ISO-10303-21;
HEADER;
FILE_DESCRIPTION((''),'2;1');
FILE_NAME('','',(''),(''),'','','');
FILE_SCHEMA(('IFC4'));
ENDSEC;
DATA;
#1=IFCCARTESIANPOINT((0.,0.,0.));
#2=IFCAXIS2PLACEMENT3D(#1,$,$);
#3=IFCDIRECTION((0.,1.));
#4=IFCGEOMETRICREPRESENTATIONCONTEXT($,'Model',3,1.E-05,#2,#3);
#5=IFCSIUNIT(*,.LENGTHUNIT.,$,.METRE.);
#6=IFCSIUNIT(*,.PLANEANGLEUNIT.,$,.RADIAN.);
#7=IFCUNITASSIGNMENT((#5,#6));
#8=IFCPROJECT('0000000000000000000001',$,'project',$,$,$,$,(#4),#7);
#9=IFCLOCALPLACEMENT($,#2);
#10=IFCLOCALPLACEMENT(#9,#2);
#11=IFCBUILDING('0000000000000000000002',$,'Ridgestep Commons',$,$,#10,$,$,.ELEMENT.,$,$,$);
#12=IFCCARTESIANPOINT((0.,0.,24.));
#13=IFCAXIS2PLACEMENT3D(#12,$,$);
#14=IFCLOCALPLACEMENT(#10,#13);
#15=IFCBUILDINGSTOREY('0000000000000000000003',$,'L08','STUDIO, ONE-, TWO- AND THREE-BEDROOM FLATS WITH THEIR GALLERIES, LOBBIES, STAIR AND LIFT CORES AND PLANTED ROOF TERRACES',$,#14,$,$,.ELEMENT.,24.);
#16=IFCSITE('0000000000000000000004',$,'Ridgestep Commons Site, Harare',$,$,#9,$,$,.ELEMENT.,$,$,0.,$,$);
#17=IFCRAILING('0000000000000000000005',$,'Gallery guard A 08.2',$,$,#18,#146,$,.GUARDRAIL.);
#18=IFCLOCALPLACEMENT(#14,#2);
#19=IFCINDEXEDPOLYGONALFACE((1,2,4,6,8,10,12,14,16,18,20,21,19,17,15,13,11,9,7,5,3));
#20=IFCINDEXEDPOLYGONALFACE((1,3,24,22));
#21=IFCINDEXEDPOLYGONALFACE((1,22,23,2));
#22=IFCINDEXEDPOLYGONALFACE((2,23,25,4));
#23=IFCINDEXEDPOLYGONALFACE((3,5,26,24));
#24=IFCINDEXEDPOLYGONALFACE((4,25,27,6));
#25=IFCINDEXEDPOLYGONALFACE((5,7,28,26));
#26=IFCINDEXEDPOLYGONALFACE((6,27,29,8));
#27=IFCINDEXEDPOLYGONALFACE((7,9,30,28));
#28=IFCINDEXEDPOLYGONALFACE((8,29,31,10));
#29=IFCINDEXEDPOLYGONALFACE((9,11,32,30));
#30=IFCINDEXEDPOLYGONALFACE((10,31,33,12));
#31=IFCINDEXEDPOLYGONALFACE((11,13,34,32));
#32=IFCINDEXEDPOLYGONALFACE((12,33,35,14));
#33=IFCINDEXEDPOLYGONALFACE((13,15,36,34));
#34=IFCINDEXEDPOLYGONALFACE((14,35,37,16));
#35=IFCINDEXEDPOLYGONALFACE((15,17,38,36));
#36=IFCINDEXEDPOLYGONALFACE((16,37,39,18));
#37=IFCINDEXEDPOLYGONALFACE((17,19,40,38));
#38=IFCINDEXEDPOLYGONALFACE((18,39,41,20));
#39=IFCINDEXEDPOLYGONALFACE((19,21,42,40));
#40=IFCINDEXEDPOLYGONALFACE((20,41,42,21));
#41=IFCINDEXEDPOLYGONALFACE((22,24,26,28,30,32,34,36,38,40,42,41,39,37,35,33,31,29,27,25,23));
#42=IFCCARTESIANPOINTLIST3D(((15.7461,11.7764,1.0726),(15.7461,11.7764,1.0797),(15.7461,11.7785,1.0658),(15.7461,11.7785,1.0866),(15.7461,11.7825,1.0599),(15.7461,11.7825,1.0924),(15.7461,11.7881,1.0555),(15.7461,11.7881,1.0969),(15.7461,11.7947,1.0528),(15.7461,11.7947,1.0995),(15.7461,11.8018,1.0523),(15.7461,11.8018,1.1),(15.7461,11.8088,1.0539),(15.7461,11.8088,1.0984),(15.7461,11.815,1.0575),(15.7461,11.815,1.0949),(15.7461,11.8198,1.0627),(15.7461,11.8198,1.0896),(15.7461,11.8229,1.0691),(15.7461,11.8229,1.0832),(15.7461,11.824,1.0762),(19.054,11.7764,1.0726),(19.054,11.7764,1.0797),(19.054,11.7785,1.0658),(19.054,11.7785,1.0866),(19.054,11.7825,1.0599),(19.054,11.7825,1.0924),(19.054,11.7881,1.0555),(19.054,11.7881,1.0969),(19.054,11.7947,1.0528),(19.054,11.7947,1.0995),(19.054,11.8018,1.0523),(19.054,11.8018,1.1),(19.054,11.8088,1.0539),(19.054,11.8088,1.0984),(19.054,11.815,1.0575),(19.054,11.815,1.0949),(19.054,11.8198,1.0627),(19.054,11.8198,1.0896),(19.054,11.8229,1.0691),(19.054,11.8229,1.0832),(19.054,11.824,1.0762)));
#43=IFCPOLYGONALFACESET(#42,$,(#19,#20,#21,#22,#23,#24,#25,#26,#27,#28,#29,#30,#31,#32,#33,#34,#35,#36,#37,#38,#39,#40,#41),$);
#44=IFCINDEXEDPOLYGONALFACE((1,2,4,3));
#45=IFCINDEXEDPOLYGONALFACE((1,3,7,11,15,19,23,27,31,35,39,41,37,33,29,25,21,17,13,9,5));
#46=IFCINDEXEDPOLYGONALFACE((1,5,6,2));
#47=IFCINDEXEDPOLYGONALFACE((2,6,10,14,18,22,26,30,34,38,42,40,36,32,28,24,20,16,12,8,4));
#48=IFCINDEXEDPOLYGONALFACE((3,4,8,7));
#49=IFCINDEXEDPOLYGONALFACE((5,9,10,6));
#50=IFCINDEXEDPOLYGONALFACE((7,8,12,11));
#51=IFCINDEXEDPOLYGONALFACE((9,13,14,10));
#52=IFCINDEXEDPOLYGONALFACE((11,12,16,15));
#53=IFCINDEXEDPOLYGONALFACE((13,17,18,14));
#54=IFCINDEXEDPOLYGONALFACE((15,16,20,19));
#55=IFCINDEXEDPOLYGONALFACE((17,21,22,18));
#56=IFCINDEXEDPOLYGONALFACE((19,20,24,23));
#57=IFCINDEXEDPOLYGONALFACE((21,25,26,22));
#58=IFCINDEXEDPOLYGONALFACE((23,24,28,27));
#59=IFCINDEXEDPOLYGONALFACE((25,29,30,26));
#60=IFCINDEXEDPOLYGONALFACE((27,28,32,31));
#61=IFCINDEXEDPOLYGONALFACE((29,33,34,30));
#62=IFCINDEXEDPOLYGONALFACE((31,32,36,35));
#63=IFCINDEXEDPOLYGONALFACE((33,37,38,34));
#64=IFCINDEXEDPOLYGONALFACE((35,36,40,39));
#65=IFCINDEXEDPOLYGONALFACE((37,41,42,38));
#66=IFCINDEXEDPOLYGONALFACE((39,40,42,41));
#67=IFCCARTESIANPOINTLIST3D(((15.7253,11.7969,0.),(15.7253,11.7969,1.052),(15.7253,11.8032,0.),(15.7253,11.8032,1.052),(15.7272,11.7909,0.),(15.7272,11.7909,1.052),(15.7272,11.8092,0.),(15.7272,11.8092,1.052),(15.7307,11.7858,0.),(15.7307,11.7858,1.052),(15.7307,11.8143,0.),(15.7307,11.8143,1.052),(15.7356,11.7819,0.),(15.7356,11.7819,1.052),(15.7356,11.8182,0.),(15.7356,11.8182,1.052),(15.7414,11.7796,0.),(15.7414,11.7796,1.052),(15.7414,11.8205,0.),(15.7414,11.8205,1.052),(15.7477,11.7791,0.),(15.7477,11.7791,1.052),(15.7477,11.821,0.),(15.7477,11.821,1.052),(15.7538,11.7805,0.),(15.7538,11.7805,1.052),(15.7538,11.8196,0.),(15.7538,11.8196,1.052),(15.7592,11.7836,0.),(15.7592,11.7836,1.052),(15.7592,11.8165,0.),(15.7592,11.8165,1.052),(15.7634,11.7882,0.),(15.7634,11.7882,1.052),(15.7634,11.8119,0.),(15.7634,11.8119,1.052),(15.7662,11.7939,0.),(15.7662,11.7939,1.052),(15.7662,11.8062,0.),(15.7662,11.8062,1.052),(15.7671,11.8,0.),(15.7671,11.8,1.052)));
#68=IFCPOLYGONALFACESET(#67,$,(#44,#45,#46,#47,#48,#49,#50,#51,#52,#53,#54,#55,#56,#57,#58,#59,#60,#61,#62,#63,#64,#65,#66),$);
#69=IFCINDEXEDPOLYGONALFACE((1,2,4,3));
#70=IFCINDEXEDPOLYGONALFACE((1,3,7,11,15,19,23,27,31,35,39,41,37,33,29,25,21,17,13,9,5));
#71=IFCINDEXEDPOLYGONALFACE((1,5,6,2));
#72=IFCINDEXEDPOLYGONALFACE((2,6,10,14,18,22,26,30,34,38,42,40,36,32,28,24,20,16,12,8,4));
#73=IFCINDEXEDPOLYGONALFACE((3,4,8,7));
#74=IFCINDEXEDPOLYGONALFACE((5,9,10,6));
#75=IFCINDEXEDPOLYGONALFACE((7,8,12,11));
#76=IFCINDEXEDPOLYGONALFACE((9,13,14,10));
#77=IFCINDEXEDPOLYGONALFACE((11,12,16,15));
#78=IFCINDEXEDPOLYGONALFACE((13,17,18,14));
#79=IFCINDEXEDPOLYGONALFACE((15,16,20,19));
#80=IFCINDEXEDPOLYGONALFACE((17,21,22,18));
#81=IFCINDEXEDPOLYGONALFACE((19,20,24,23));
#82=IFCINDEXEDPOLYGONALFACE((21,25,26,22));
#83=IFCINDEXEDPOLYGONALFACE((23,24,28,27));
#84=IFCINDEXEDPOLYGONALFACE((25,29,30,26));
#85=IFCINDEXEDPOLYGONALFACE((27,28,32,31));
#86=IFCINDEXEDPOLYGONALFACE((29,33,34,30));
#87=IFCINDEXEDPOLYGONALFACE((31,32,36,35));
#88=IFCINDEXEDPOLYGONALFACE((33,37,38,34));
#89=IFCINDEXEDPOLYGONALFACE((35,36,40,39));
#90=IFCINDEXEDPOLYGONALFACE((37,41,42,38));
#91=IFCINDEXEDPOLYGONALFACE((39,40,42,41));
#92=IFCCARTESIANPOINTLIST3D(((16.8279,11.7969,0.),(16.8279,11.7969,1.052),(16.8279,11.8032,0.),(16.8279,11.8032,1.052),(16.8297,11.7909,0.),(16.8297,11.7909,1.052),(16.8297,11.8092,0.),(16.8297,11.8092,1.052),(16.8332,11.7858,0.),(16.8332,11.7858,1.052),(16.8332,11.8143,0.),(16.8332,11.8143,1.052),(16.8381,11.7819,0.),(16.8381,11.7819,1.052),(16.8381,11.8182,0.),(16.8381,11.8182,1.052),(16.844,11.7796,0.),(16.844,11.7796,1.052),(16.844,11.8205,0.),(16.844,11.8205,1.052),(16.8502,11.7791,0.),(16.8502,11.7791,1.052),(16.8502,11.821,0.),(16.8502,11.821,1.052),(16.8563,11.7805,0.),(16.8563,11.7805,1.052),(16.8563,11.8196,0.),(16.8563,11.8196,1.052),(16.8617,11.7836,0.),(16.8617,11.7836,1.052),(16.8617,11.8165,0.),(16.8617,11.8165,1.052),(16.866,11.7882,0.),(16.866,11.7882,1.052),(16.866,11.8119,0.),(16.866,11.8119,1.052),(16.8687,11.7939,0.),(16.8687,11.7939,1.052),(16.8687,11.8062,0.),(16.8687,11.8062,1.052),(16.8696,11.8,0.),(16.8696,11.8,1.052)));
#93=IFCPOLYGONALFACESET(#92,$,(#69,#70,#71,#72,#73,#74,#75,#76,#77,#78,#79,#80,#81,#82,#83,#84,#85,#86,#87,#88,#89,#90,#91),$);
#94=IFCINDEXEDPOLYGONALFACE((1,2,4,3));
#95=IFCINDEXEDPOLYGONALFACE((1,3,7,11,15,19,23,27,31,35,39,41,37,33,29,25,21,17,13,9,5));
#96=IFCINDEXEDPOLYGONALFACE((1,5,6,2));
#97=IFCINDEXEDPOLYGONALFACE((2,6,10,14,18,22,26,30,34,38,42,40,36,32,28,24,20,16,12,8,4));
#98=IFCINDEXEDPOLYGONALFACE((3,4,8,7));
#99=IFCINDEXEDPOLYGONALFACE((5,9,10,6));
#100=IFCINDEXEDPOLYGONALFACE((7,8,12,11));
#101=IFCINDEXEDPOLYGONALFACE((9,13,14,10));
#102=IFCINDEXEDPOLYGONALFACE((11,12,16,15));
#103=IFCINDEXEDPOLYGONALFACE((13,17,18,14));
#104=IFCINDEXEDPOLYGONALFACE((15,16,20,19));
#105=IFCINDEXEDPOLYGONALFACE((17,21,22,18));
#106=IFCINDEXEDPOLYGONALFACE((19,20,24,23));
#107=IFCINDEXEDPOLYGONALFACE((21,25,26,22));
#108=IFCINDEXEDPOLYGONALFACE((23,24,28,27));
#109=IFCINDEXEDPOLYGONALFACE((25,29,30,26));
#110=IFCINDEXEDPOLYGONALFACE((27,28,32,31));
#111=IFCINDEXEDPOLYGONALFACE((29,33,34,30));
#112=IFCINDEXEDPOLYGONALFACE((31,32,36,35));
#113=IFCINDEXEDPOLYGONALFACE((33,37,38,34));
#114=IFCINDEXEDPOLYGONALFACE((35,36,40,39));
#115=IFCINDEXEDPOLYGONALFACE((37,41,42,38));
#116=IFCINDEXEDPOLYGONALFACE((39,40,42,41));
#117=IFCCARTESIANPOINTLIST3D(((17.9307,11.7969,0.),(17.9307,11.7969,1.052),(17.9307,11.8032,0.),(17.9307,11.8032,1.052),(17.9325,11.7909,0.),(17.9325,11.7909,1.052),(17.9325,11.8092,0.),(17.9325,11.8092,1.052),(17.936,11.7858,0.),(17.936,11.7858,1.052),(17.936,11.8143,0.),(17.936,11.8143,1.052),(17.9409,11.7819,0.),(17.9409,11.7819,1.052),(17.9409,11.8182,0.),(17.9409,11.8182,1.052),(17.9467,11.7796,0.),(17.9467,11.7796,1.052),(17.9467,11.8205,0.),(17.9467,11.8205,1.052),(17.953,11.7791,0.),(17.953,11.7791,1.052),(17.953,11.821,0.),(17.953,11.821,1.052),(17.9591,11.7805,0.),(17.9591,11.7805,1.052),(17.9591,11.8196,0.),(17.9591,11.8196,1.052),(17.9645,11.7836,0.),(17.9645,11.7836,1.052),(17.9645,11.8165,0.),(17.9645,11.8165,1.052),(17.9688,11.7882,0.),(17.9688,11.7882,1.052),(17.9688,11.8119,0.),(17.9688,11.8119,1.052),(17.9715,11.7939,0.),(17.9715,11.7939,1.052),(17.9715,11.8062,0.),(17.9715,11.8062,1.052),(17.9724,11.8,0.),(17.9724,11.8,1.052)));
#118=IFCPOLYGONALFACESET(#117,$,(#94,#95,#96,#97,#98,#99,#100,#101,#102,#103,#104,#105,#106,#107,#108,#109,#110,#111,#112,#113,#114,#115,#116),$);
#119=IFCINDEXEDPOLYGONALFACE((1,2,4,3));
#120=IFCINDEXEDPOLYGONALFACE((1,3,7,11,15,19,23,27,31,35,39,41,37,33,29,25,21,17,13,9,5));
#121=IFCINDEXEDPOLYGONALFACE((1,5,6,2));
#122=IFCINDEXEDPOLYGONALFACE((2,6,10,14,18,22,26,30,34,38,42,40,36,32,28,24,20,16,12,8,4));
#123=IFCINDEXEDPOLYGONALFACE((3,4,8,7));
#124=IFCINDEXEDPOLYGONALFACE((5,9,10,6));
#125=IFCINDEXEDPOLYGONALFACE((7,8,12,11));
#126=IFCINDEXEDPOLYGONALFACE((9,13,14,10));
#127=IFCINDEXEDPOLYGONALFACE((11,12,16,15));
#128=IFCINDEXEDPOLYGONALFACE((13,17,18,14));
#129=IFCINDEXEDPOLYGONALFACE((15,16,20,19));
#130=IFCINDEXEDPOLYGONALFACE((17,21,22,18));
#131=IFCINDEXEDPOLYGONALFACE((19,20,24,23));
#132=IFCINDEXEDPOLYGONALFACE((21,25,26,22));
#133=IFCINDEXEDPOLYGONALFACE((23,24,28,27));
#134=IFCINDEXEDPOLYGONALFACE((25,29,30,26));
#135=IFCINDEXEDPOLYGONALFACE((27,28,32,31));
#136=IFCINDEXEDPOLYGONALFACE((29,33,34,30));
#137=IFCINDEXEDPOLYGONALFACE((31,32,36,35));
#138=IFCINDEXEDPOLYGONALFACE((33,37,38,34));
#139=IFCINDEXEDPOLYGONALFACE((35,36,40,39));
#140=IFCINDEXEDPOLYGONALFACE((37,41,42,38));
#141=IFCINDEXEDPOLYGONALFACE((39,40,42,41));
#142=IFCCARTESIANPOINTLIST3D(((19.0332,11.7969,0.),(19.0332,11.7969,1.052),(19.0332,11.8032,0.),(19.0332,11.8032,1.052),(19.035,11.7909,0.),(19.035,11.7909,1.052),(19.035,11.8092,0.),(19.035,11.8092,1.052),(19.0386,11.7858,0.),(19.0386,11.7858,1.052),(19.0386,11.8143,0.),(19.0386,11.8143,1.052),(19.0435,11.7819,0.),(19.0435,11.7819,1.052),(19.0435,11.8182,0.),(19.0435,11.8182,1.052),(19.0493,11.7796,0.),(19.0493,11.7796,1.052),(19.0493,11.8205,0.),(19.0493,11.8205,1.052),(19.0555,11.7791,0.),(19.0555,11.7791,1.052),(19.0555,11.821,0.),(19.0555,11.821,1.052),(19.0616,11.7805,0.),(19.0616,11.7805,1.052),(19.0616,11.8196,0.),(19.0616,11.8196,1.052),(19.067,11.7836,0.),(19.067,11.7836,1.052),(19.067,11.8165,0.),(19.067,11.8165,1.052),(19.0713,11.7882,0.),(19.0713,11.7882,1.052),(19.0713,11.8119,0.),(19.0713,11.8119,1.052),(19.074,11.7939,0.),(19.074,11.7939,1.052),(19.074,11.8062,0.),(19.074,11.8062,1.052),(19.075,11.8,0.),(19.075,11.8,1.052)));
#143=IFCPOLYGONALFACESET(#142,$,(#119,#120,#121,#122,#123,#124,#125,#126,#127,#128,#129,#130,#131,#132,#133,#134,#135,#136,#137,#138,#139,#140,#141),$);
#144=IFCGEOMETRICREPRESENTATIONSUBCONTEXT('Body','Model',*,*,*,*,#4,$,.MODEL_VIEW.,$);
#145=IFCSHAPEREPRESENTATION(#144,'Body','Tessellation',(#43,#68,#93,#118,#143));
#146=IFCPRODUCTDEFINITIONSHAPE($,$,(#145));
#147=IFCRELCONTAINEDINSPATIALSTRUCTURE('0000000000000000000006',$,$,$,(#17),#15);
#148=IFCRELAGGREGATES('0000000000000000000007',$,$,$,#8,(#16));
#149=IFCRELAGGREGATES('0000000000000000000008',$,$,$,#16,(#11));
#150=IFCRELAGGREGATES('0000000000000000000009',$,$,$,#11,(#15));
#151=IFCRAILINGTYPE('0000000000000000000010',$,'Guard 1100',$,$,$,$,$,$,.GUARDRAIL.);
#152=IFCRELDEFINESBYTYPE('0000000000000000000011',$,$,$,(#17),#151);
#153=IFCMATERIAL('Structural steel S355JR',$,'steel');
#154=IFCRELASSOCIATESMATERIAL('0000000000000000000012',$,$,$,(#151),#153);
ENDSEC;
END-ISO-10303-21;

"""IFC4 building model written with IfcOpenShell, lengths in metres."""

from ifc_helpers import new_model, si_unit, direction, frame, origin, origin_2d, place, context, subcontext, project, spatial, circle, extrude, material, type_object, element, save


model = new_model("IFC4")

# Units and contexts
model_context = context("Model", 3, precision=1e-05, world=origin(), true_north=direction((0.0, 1.0)))
body_context = subcontext(model_context, "Body", "Model", "MODEL_VIEW")
ifc_project = project(units=[si_unit("LENGTHUNIT", "METRE"), si_unit("PLANEANGLEUNIT", "RADIAN")], contexts=[model_context])

# Site, building, storey
site_placement = place(None, origin())
site = spatial("IfcSite", under=ifc_project, at=site_placement, Name="Ridgestep Commons Site, Harare", CompositionType="ELEMENT", RefElevation=0.0)
building_placement = place(site_placement, origin())
building = spatial("IfcBuilding", under=site, at=building_placement, Name="Ridgestep Commons", CompositionType="ELEMENT")
storey_placement = place(building_placement, frame((0.0, 0.0, 24.0)))
storey = spatial("IfcBuildingStorey", under=building, at=storey_placement, Name="L08", Description="STUDIO, ONE-, TWO- AND THREE-BEDROOM FLATS WITH THEIR GALLERIES, LOBBIES, STAIR AND LIFT CORES AND PLANTED ROOF TERRACES", CompositionType="ELEMENT", Elevation=24.0)

# Railing
ifc_material_1 = material(Name="Structural steel S355JR", Category="steel")
railing_type = type_object("IfcRailingType", Name="Guard 1100", PredefinedType="GUARDRAIL", material=ifc_material_1)
railing_1_placement = place(storey_placement, frame((15.7461, 11.8, 0.0)))
element("IfcRailing", 1, at=railing_1_placement, inside=storey, type_object=railing_type, Name="Gallery guard A 08.2", PredefinedType="GUARDRAIL", context=body_context, shape_type="SweptSolid", body=[
    extrude(circle(Radius=0.0239, at=origin_2d()), frame((0.0, 0.0, 1.0762), z_axis=(1.0, 0.0, 0.0), x_axis=(0.0, 1.0, 0.0)), (0.0, 0.0, 1.0), 3.3079),
    extrude(circle(Radius=0.021, at=origin_2d()), origin(), (0.0, 0.0, 1.0), 1.052),
    extrude(circle(Radius=0.021, at=origin_2d()), frame((1.1025, 0.0, 0.0)), (0.0, 0.0, 1.0), 1.052),
    extrude(circle(Radius=0.021, at=origin_2d()), frame((2.2053, 0.0, 0.0)), (0.0, 0.0, 1.0), 1.052),
    extrude(circle(Radius=0.021, at=origin_2d()), frame((3.3079, 0.0, 0.0)), (0.0, 0.0, 1.0), 1.052),
])

save(model, "model.ifc")
